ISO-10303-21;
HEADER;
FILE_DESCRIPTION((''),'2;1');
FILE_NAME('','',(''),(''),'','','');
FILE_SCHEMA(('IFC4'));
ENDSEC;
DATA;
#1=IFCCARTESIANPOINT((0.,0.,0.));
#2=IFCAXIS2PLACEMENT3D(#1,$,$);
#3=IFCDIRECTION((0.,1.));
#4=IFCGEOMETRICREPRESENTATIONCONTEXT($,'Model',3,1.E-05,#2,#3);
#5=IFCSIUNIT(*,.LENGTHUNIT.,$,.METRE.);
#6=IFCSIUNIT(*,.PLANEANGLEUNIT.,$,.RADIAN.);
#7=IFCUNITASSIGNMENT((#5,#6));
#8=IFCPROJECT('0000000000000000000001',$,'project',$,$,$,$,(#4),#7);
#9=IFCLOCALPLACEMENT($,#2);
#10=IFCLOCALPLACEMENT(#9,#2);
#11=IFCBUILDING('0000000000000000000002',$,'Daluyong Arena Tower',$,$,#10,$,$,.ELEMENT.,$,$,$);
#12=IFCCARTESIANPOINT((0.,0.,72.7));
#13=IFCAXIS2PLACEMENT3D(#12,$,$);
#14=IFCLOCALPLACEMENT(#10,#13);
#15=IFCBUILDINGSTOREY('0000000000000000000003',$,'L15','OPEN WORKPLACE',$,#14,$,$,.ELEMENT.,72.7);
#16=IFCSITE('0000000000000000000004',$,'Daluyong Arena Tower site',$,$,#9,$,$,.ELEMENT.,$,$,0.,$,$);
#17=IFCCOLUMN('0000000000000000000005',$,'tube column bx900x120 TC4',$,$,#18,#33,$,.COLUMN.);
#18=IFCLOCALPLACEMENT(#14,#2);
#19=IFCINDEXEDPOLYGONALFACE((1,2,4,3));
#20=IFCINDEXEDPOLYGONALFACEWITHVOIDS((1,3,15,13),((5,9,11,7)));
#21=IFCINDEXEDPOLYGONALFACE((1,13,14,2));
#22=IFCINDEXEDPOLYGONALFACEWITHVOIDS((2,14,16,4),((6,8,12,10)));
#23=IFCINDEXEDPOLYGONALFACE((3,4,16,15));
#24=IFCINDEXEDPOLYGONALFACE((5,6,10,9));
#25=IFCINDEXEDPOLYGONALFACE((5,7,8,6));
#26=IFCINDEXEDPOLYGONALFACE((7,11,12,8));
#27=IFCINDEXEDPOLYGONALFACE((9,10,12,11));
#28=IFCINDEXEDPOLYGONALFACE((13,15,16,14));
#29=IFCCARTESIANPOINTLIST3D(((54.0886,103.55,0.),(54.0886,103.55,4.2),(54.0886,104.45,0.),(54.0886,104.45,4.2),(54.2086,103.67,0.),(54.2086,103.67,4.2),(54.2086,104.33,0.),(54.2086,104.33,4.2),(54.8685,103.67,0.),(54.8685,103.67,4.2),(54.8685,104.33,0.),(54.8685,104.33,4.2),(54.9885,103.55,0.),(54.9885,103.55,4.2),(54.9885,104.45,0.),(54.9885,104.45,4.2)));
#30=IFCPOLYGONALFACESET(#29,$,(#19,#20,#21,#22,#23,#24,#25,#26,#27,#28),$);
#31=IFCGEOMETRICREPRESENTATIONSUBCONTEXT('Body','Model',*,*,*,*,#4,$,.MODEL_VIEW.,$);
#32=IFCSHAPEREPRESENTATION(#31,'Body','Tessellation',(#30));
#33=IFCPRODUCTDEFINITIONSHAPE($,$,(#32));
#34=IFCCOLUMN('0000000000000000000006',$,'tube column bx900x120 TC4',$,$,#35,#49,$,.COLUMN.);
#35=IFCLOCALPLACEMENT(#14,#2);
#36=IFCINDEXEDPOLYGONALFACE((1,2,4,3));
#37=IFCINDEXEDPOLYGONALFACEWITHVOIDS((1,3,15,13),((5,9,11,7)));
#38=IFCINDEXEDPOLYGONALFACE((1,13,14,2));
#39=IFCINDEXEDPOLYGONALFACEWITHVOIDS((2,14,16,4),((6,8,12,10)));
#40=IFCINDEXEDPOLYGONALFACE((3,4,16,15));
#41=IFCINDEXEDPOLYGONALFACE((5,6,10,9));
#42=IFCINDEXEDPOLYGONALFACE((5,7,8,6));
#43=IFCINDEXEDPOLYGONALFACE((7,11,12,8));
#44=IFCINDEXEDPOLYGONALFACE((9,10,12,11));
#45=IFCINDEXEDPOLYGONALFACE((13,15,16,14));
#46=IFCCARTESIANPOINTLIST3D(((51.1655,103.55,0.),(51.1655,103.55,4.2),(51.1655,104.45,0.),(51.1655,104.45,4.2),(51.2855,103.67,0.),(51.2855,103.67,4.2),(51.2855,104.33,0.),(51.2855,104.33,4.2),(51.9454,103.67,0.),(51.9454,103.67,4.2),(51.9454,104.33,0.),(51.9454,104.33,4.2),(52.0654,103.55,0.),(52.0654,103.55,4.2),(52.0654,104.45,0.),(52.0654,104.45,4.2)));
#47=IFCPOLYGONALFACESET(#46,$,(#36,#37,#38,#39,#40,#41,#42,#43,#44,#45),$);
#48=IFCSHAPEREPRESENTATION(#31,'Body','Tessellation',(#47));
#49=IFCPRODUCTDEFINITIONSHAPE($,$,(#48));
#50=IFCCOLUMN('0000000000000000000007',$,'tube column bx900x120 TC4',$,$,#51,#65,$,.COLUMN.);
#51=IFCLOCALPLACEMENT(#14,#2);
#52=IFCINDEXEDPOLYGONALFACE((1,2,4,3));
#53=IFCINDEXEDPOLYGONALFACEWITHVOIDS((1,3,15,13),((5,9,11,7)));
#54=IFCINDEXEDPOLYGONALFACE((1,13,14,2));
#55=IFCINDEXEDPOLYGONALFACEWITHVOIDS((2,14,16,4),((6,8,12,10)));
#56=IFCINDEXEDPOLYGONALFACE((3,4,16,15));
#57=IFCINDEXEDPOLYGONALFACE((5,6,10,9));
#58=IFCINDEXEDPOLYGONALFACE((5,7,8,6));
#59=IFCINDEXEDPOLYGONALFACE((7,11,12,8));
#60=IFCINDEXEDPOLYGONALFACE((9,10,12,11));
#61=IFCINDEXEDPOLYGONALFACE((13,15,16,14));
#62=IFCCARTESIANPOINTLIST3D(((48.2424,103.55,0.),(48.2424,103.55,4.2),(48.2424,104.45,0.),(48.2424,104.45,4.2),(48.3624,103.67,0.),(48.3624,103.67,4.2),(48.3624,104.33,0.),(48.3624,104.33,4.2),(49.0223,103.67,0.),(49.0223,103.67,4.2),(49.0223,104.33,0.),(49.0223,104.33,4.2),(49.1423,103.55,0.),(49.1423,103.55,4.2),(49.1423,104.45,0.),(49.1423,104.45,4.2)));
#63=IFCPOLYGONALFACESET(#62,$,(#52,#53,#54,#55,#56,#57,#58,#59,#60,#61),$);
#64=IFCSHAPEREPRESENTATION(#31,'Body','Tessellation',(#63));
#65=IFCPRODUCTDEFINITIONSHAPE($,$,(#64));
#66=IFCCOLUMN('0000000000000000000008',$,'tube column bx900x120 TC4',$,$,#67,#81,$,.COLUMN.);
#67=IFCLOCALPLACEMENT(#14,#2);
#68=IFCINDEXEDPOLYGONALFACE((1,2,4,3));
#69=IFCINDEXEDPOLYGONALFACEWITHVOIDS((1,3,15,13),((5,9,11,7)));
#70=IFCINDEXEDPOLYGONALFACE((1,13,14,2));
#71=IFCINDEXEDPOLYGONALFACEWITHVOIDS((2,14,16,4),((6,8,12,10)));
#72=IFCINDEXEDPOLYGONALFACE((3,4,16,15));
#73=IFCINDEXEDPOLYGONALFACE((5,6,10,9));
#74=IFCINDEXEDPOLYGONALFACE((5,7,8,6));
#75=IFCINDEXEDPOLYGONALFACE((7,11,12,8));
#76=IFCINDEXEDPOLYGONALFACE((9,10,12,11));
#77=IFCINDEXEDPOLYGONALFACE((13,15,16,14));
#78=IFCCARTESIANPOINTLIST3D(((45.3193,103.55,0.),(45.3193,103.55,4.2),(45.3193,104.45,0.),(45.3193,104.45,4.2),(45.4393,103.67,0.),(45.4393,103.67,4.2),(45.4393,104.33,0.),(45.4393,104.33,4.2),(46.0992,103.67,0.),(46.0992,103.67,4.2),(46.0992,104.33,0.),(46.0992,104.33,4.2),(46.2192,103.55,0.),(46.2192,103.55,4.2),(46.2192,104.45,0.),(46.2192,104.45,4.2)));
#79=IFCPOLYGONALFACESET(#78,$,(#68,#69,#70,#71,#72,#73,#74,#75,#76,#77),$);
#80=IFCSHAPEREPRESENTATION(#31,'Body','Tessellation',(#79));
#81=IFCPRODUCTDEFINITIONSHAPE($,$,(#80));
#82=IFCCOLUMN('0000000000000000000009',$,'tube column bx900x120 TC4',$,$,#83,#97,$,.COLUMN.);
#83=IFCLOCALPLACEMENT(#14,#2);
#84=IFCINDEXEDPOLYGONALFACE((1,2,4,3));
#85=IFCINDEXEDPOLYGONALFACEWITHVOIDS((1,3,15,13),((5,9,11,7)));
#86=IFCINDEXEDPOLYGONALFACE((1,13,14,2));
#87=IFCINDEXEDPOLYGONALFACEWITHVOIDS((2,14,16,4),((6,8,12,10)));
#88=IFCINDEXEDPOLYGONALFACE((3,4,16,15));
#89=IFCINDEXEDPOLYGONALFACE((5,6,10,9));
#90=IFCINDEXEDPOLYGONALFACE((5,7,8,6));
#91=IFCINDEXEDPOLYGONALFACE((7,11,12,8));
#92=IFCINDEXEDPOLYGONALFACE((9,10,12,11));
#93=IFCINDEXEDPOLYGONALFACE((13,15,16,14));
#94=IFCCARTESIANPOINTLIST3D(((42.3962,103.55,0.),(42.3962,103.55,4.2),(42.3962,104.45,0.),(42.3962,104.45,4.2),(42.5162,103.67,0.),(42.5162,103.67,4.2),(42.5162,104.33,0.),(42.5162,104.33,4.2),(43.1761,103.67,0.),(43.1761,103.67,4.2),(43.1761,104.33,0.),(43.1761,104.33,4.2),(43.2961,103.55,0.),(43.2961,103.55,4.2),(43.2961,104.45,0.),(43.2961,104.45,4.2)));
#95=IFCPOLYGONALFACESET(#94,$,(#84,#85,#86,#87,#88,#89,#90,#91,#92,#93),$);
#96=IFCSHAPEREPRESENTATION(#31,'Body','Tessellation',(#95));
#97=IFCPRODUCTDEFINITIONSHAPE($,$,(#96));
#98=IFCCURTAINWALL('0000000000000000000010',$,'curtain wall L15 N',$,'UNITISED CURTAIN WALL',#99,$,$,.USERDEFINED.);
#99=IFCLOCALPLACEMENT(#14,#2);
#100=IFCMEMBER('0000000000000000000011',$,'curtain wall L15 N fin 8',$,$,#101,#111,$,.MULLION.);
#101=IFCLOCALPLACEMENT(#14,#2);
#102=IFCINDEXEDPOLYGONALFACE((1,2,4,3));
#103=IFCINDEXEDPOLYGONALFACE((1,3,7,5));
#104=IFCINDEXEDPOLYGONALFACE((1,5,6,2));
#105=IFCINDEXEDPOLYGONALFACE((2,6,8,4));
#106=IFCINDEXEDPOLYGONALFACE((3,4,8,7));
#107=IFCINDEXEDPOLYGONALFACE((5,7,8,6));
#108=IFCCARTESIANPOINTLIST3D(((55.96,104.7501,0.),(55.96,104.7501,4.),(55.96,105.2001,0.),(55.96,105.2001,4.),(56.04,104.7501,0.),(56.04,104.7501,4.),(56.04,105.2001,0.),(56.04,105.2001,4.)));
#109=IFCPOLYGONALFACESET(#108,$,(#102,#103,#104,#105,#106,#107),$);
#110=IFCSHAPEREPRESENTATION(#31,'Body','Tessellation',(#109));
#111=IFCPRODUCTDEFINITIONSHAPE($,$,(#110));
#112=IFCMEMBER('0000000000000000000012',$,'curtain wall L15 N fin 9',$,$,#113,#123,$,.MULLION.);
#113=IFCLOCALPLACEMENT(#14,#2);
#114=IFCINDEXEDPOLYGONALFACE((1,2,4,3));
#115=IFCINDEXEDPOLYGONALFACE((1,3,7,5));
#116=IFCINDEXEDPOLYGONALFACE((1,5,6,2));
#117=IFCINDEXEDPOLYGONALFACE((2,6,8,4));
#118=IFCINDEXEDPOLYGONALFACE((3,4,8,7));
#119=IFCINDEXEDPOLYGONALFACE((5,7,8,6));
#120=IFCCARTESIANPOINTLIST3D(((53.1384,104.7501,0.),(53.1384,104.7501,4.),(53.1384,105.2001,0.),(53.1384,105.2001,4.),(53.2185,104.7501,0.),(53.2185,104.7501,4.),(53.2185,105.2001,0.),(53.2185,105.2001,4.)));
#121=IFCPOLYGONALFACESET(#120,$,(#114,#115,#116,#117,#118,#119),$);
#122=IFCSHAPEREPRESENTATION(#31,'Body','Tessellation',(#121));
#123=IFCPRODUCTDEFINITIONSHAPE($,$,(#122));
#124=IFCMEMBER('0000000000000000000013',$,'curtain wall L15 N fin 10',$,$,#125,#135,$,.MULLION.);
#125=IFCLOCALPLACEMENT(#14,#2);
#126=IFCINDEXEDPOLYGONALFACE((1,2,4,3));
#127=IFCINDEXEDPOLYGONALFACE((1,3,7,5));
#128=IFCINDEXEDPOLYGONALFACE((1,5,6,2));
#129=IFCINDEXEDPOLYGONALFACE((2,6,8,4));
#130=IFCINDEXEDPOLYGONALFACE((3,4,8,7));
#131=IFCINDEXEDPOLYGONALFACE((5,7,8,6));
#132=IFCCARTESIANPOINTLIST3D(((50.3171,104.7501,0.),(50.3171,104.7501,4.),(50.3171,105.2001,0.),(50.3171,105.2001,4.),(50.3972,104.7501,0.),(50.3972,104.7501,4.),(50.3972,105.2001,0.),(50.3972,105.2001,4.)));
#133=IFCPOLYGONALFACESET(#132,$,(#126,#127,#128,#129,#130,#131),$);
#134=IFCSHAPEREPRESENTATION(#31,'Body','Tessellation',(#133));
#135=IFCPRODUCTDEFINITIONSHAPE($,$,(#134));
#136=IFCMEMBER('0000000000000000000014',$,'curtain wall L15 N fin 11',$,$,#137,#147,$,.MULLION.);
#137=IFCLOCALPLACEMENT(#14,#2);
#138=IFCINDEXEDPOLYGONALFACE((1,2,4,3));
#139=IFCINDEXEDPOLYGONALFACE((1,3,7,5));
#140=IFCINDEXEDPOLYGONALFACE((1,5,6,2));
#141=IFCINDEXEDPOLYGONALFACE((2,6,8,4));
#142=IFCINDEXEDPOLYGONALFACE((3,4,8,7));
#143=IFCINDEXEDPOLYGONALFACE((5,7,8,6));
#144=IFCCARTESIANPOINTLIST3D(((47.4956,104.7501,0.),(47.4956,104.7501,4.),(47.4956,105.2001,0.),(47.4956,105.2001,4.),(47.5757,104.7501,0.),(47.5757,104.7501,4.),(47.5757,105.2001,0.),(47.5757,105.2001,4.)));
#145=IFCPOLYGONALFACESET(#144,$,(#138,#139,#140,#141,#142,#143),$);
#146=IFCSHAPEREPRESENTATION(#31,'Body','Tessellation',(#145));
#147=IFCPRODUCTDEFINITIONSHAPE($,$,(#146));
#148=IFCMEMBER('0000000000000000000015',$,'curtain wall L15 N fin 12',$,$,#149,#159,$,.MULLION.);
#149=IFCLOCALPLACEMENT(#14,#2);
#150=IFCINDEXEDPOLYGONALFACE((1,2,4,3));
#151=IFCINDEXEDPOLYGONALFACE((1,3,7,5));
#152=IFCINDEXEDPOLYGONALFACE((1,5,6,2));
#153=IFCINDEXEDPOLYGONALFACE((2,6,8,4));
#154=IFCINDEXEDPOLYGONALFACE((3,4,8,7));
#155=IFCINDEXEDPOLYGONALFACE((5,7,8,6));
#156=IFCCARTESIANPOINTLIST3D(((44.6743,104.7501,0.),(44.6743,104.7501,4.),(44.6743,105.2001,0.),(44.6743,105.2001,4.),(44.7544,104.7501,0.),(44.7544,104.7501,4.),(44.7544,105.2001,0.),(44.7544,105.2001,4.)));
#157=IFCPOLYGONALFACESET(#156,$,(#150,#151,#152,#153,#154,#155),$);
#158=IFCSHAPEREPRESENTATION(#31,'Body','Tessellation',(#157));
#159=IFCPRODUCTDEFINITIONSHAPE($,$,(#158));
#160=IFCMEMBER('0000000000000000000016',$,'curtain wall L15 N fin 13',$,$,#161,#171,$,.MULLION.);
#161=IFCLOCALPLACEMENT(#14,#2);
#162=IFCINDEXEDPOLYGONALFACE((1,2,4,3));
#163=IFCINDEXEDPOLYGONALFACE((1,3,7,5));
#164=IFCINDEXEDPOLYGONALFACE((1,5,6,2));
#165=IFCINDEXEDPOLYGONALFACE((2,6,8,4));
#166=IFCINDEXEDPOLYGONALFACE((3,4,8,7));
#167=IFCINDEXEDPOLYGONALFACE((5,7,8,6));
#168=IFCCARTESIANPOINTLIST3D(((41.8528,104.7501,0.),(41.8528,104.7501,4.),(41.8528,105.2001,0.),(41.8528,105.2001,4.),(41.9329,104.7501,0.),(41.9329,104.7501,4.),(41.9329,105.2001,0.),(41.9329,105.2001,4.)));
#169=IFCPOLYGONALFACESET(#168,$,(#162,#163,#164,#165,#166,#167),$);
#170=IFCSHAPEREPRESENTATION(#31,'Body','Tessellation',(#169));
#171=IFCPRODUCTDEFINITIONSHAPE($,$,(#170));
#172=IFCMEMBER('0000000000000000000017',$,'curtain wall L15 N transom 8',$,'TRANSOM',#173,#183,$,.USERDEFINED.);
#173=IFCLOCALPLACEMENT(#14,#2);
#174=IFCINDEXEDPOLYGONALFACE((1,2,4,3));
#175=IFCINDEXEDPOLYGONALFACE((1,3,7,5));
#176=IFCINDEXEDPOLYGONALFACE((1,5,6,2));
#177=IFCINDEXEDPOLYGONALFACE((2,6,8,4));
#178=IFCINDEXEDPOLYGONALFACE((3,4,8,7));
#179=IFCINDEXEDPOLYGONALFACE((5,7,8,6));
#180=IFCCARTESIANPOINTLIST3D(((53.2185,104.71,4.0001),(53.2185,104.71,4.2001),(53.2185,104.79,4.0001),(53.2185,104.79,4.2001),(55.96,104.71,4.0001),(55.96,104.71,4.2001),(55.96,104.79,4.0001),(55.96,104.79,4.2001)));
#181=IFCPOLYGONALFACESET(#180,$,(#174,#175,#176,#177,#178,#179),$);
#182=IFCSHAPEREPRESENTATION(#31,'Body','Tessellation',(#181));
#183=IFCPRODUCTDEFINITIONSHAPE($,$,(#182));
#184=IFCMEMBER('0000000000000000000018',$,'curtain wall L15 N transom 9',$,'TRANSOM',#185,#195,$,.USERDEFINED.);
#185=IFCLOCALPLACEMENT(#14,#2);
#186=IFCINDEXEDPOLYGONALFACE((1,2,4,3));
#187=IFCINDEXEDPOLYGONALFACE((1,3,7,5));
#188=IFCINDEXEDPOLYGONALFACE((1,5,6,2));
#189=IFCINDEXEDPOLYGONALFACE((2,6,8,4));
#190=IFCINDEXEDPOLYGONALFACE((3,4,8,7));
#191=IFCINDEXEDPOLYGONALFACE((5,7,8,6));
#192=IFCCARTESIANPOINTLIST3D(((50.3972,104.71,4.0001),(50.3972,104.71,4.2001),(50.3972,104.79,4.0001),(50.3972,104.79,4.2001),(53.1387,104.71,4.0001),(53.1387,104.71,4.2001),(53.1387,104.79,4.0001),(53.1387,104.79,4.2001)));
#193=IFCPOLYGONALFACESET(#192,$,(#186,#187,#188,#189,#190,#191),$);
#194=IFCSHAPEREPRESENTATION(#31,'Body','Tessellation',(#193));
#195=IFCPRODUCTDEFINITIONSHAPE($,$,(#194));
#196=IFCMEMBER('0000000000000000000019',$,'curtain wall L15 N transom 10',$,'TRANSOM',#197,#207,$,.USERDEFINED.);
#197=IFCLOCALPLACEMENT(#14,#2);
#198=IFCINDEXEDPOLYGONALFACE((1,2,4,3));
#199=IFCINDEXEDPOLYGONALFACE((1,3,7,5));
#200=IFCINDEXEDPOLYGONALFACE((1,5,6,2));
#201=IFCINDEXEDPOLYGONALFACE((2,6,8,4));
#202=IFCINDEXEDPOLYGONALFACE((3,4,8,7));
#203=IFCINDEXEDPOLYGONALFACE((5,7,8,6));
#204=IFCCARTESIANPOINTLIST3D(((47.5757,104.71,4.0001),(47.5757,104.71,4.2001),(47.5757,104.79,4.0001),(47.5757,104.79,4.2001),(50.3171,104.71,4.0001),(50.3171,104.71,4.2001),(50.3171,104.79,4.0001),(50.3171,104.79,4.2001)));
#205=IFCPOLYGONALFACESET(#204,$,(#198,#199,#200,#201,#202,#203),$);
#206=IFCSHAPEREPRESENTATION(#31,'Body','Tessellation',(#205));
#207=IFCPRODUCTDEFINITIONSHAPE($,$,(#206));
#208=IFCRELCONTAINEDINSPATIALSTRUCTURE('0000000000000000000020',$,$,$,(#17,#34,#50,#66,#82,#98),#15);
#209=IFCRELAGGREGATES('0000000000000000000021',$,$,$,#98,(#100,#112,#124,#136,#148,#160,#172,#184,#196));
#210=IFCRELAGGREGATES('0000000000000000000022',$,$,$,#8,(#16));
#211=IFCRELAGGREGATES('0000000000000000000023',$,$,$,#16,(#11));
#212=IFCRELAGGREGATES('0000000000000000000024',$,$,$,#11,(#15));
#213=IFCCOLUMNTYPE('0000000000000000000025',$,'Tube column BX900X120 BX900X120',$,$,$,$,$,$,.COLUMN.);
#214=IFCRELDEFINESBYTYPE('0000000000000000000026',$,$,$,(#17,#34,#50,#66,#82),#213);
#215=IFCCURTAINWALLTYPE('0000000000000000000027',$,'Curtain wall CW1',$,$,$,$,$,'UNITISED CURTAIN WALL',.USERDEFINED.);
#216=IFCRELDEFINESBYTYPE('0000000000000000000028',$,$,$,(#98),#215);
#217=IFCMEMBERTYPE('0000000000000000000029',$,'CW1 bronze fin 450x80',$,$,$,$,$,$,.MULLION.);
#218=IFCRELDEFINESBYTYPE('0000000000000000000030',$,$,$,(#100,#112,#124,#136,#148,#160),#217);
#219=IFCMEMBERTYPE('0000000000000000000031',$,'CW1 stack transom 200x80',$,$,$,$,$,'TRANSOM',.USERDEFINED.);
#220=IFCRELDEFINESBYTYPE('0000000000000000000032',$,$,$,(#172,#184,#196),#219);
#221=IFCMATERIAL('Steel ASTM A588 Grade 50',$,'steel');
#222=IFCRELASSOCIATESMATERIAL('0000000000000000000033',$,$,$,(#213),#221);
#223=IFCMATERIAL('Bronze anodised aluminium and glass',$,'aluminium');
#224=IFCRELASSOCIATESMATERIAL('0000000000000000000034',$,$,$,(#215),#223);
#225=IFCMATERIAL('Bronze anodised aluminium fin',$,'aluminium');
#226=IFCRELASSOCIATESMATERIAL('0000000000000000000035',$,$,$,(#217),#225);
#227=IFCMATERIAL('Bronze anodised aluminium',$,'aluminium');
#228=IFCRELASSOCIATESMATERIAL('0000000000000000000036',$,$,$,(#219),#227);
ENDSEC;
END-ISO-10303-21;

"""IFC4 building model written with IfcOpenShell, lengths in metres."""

from ifc_helpers import new_model, si_unit, direction, frame, origin, origin_2d, place, context, subcontext, project, spatial, rectangle, hollow_rectangle, extrude, material, material_profile, profile_set, type_object, element, aggregate, save


model = new_model("IFC4")

# Units and contexts
model_context = context("Model", 3, precision=1e-05, world=origin(), true_north=direction((0.0, 1.0)))
body_context = subcontext(model_context, "Body", "Model", "MODEL_VIEW")
ifc_project = project(units=[si_unit("LENGTHUNIT", "METRE"), si_unit("PLANEANGLEUNIT", "RADIAN")], contexts=[model_context])

# Site, building, storey
site_placement = place(None, origin())
site = spatial("IfcSite", under=ifc_project, at=site_placement, Name="Daluyong Arena Tower site", CompositionType="ELEMENT", RefElevation=0.0)
building_placement = place(site_placement, origin())
building = spatial("IfcBuilding", under=site, at=building_placement, Name="Daluyong Arena Tower", CompositionType="ELEMENT")
storey_placement = place(building_placement, frame((0.0, 0.0, 72.7)))
storey = spatial("IfcBuildingStorey", under=building, at=storey_placement, Name="L15", Description="OPEN WORKPLACE", CompositionType="ELEMENT", Elevation=72.7)

# Columns
ifc_material_1 = material(Name="Steel ASTM A588 Grade 50", Category="steel")
ifc_material_profile_1 = material_profile(ifc_material_1, hollow_rectangle(XDim=0.8999, YDim=0.8999, WallThickness=0.12, at=origin_2d()))
ifc_profile_set_1 = profile_set([ifc_material_profile_1], Name="Steel ASTM A588 Grade 50")
column_type = type_object("IfcColumnType", Name="Tube column BX900X120 BX900X120", PredefinedType="COLUMN", material=ifc_profile_set_1)
for number, where, z_axis, x_axis, name in (
    (1, (54.5386, 104.0, 0.0), (0.0, 0.0, 1.0), (1.0, 0.0, 0.0), "tube column bx900x120 TC4"),
    (2, (51.6155, 104.0, 0.0), (0.0, 0.0, 1.0), (1.0, 0.0, 0.0), "tube column bx900x120 TC4"),
    (3, (48.6924, 104.0, 0.0), (0.0, 0.0, 1.0), (1.0, 0.0, 0.0), "tube column bx900x120 TC4"),
    (4, (45.7693, 104.0, 0.0), (0.0, 0.0, 1.0), (1.0, 0.0, 0.0), "tube column bx900x120 TC4"),
    (5, (42.8462, 104.0, 0.0), (0.0, 0.0, 1.0), (1.0, 0.0, 0.0), "tube column bx900x120 TC4"),
):
    element("IfcColumn", number, at=place(storey_placement, frame(where, z_axis=z_axis, x_axis=x_axis)), inside=storey, type_object=column_type, Name=name, PredefinedType="COLUMN", context=body_context, shape_type="SweptSolid", body=[
        extrude(hollow_rectangle(XDim=0.8999, YDim=0.8999, WallThickness=0.12, at=origin_2d()), origin(), (0.0, 0.0, 1.0), 4.2),
    ])

# Curtain wall, members
ifc_material_2 = material(Name="Bronze anodised aluminium and glass", Category="aluminium")
curtain_wall_type = type_object("IfcCurtainWallType", Name="Curtain wall CW1", ElementType="UNITISED CURTAIN WALL", PredefinedType="USERDEFINED", material=ifc_material_2)
curtain_wall_placement = place(storey_placement, origin())
curtain_wall = element("IfcCurtainWall", 6, at=curtain_wall_placement, inside=storey, type_object=curtain_wall_type, Name="curtain wall L15 N", ObjectType="UNITISED CURTAIN WALL", PredefinedType="USERDEFINED")
ifc_material_3 = material(Name="Bronze anodised aluminium fin", Category="aluminium")
ifc_material_profile_2 = material_profile(ifc_material_3, rectangle(XDim=0.45, YDim=0.0801, at=origin_2d()))
ifc_profile_set_2 = profile_set([ifc_material_profile_2], Name="Bronze anodised aluminium fin")
member_type_1 = type_object("IfcMemberType", Name="CW1 bronze fin 450x80", PredefinedType="MULLION", material=ifc_profile_set_2)
member_1_placement = place(storey_placement, frame((56.0, 104.9751, 0.0), z_axis=(0.0, 0.0, 1.0), x_axis=(0.0, -1.0, 0.0)))
member_1 = element("IfcMember", 7, at=member_1_placement, type_object=member_type_1, Name="curtain wall L15 N fin 8", PredefinedType="MULLION", context=body_context, shape_type="SweptSolid", body=[
    extrude(rectangle(XDim=0.45, YDim=0.0801, at=origin_2d()), origin(), (0.0, 0.0, 1.0), 4.0),
])
member_2_placement = place(storey_placement, frame((53.1785, 104.9751, 0.0), z_axis=(0.0, 0.0, 1.0), x_axis=(0.0, -1.0, 0.0)))
member_2 = element("IfcMember", 8, at=member_2_placement, type_object=member_type_1, Name="curtain wall L15 N fin 9", PredefinedType="MULLION", context=body_context, shape_type="SweptSolid", body=[
    extrude(rectangle(XDim=0.45, YDim=0.0801, at=origin_2d()), origin(), (0.0, 0.0, 1.0), 4.0),
])
member_3_placement = place(storey_placement, frame((50.3572, 104.9751, 0.0), z_axis=(0.0, 0.0, 1.0), x_axis=(0.0, -1.0, 0.0)))
member_3 = element("IfcMember", 9, at=member_3_placement, type_object=member_type_1, Name="curtain wall L15 N fin 10", PredefinedType="MULLION", context=body_context, shape_type="SweptSolid", body=[
    extrude(rectangle(XDim=0.45, YDim=0.0801, at=origin_2d()), origin(), (0.0, 0.0, 1.0), 4.0),
])
member_4_placement = place(storey_placement, frame((47.5356, 104.9751, 0.0), z_axis=(0.0, 0.0, 1.0), x_axis=(0.0, -1.0, 0.0)))
member_4 = element("IfcMember", 10, at=member_4_placement, type_object=member_type_1, Name="curtain wall L15 N fin 11", PredefinedType="MULLION", context=body_context, shape_type="SweptSolid", body=[
    extrude(rectangle(XDim=0.45, YDim=0.0801, at=origin_2d()), origin(), (0.0, 0.0, 1.0), 4.0),
])
member_5_placement = place(storey_placement, frame((44.7144, 104.9751, 0.0), z_axis=(0.0, 0.0, 1.0), x_axis=(0.0, -1.0, 0.0)))
member_5 = element("IfcMember", 11, at=member_5_placement, type_object=member_type_1, Name="curtain wall L15 N fin 12", PredefinedType="MULLION", context=body_context, shape_type="SweptSolid", body=[
    extrude(rectangle(XDim=0.45, YDim=0.0801, at=origin_2d()), origin(), (0.0, 0.0, 1.0), 4.0),
])
member_6_placement = place(storey_placement, frame((41.8928, 104.9751, 0.0), z_axis=(0.0, 0.0, 1.0), x_axis=(0.0, -1.0, 0.0)))
member_6 = element("IfcMember", 12, at=member_6_placement, type_object=member_type_1, Name="curtain wall L15 N fin 13", PredefinedType="MULLION", context=body_context, shape_type="SweptSolid", body=[
    extrude(rectangle(XDim=0.45, YDim=0.0801, at=origin_2d()), origin(), (0.0, 0.0, 1.0), 4.0),
])
ifc_material_4 = material(Name="Bronze anodised aluminium", Category="aluminium")
ifc_material_profile_3 = material_profile(ifc_material_4, rectangle(XDim=0.0801, YDim=0.2, at=origin_2d()))
ifc_profile_set_3 = profile_set([ifc_material_profile_3], Name="Bronze anodised aluminium")
member_type_2 = type_object("IfcMemberType", Name="CW1 stack transom 200x80", ElementType="TRANSOM", PredefinedType="USERDEFINED", material=ifc_profile_set_3)
member_7_placement = place(storey_placement, frame((55.96, 104.75, 4.1001), z_axis=(-1.0, 0.0, 0.0), x_axis=(0.0, -1.0, 0.0)))
member_7 = element("IfcMember", 13, at=member_7_placement, type_object=member_type_2, Name="curtain wall L15 N transom 8", ObjectType="TRANSOM", PredefinedType="USERDEFINED", context=body_context, shape_type="SweptSolid", body=[
    extrude(rectangle(XDim=0.0801, YDim=0.2, at=origin_2d()), origin(), (0.0, 0.0, 1.0), 2.7415),
])
member_8_placement = place(storey_placement, frame((53.1387, 104.75, 4.1001), z_axis=(-1.0, 0.0, 0.0), x_axis=(0.0, -1.0, 0.0)))
member_8 = element("IfcMember", 14, at=member_8_placement, type_object=member_type_2, Name="curtain wall L15 N transom 9", ObjectType="TRANSOM", PredefinedType="USERDEFINED", context=body_context, shape_type="SweptSolid", body=[
    extrude(rectangle(XDim=0.0801, YDim=0.2, at=origin_2d()), origin(), (0.0, 0.0, 1.0), 2.7415),
])
member_9_placement = place(storey_placement, frame((50.3171, 104.75, 4.1001), z_axis=(-1.0, 0.0, 0.0), x_axis=(0.0, -1.0, 0.0)))
member_9 = element("IfcMember", 15, at=member_9_placement, type_object=member_type_2, Name="curtain wall L15 N transom 10", ObjectType="TRANSOM", PredefinedType="USERDEFINED", context=body_context, shape_type="SweptSolid", body=[
    extrude(rectangle(XDim=0.0801, YDim=0.2, at=origin_2d()), origin(), (0.0, 0.0, 1.0), 2.7415),
])

aggregate(curtain_wall, [member_1, member_2, member_3, member_4, member_5, member_6, member_7, member_8, member_9])

save(model, "model.ifc")
